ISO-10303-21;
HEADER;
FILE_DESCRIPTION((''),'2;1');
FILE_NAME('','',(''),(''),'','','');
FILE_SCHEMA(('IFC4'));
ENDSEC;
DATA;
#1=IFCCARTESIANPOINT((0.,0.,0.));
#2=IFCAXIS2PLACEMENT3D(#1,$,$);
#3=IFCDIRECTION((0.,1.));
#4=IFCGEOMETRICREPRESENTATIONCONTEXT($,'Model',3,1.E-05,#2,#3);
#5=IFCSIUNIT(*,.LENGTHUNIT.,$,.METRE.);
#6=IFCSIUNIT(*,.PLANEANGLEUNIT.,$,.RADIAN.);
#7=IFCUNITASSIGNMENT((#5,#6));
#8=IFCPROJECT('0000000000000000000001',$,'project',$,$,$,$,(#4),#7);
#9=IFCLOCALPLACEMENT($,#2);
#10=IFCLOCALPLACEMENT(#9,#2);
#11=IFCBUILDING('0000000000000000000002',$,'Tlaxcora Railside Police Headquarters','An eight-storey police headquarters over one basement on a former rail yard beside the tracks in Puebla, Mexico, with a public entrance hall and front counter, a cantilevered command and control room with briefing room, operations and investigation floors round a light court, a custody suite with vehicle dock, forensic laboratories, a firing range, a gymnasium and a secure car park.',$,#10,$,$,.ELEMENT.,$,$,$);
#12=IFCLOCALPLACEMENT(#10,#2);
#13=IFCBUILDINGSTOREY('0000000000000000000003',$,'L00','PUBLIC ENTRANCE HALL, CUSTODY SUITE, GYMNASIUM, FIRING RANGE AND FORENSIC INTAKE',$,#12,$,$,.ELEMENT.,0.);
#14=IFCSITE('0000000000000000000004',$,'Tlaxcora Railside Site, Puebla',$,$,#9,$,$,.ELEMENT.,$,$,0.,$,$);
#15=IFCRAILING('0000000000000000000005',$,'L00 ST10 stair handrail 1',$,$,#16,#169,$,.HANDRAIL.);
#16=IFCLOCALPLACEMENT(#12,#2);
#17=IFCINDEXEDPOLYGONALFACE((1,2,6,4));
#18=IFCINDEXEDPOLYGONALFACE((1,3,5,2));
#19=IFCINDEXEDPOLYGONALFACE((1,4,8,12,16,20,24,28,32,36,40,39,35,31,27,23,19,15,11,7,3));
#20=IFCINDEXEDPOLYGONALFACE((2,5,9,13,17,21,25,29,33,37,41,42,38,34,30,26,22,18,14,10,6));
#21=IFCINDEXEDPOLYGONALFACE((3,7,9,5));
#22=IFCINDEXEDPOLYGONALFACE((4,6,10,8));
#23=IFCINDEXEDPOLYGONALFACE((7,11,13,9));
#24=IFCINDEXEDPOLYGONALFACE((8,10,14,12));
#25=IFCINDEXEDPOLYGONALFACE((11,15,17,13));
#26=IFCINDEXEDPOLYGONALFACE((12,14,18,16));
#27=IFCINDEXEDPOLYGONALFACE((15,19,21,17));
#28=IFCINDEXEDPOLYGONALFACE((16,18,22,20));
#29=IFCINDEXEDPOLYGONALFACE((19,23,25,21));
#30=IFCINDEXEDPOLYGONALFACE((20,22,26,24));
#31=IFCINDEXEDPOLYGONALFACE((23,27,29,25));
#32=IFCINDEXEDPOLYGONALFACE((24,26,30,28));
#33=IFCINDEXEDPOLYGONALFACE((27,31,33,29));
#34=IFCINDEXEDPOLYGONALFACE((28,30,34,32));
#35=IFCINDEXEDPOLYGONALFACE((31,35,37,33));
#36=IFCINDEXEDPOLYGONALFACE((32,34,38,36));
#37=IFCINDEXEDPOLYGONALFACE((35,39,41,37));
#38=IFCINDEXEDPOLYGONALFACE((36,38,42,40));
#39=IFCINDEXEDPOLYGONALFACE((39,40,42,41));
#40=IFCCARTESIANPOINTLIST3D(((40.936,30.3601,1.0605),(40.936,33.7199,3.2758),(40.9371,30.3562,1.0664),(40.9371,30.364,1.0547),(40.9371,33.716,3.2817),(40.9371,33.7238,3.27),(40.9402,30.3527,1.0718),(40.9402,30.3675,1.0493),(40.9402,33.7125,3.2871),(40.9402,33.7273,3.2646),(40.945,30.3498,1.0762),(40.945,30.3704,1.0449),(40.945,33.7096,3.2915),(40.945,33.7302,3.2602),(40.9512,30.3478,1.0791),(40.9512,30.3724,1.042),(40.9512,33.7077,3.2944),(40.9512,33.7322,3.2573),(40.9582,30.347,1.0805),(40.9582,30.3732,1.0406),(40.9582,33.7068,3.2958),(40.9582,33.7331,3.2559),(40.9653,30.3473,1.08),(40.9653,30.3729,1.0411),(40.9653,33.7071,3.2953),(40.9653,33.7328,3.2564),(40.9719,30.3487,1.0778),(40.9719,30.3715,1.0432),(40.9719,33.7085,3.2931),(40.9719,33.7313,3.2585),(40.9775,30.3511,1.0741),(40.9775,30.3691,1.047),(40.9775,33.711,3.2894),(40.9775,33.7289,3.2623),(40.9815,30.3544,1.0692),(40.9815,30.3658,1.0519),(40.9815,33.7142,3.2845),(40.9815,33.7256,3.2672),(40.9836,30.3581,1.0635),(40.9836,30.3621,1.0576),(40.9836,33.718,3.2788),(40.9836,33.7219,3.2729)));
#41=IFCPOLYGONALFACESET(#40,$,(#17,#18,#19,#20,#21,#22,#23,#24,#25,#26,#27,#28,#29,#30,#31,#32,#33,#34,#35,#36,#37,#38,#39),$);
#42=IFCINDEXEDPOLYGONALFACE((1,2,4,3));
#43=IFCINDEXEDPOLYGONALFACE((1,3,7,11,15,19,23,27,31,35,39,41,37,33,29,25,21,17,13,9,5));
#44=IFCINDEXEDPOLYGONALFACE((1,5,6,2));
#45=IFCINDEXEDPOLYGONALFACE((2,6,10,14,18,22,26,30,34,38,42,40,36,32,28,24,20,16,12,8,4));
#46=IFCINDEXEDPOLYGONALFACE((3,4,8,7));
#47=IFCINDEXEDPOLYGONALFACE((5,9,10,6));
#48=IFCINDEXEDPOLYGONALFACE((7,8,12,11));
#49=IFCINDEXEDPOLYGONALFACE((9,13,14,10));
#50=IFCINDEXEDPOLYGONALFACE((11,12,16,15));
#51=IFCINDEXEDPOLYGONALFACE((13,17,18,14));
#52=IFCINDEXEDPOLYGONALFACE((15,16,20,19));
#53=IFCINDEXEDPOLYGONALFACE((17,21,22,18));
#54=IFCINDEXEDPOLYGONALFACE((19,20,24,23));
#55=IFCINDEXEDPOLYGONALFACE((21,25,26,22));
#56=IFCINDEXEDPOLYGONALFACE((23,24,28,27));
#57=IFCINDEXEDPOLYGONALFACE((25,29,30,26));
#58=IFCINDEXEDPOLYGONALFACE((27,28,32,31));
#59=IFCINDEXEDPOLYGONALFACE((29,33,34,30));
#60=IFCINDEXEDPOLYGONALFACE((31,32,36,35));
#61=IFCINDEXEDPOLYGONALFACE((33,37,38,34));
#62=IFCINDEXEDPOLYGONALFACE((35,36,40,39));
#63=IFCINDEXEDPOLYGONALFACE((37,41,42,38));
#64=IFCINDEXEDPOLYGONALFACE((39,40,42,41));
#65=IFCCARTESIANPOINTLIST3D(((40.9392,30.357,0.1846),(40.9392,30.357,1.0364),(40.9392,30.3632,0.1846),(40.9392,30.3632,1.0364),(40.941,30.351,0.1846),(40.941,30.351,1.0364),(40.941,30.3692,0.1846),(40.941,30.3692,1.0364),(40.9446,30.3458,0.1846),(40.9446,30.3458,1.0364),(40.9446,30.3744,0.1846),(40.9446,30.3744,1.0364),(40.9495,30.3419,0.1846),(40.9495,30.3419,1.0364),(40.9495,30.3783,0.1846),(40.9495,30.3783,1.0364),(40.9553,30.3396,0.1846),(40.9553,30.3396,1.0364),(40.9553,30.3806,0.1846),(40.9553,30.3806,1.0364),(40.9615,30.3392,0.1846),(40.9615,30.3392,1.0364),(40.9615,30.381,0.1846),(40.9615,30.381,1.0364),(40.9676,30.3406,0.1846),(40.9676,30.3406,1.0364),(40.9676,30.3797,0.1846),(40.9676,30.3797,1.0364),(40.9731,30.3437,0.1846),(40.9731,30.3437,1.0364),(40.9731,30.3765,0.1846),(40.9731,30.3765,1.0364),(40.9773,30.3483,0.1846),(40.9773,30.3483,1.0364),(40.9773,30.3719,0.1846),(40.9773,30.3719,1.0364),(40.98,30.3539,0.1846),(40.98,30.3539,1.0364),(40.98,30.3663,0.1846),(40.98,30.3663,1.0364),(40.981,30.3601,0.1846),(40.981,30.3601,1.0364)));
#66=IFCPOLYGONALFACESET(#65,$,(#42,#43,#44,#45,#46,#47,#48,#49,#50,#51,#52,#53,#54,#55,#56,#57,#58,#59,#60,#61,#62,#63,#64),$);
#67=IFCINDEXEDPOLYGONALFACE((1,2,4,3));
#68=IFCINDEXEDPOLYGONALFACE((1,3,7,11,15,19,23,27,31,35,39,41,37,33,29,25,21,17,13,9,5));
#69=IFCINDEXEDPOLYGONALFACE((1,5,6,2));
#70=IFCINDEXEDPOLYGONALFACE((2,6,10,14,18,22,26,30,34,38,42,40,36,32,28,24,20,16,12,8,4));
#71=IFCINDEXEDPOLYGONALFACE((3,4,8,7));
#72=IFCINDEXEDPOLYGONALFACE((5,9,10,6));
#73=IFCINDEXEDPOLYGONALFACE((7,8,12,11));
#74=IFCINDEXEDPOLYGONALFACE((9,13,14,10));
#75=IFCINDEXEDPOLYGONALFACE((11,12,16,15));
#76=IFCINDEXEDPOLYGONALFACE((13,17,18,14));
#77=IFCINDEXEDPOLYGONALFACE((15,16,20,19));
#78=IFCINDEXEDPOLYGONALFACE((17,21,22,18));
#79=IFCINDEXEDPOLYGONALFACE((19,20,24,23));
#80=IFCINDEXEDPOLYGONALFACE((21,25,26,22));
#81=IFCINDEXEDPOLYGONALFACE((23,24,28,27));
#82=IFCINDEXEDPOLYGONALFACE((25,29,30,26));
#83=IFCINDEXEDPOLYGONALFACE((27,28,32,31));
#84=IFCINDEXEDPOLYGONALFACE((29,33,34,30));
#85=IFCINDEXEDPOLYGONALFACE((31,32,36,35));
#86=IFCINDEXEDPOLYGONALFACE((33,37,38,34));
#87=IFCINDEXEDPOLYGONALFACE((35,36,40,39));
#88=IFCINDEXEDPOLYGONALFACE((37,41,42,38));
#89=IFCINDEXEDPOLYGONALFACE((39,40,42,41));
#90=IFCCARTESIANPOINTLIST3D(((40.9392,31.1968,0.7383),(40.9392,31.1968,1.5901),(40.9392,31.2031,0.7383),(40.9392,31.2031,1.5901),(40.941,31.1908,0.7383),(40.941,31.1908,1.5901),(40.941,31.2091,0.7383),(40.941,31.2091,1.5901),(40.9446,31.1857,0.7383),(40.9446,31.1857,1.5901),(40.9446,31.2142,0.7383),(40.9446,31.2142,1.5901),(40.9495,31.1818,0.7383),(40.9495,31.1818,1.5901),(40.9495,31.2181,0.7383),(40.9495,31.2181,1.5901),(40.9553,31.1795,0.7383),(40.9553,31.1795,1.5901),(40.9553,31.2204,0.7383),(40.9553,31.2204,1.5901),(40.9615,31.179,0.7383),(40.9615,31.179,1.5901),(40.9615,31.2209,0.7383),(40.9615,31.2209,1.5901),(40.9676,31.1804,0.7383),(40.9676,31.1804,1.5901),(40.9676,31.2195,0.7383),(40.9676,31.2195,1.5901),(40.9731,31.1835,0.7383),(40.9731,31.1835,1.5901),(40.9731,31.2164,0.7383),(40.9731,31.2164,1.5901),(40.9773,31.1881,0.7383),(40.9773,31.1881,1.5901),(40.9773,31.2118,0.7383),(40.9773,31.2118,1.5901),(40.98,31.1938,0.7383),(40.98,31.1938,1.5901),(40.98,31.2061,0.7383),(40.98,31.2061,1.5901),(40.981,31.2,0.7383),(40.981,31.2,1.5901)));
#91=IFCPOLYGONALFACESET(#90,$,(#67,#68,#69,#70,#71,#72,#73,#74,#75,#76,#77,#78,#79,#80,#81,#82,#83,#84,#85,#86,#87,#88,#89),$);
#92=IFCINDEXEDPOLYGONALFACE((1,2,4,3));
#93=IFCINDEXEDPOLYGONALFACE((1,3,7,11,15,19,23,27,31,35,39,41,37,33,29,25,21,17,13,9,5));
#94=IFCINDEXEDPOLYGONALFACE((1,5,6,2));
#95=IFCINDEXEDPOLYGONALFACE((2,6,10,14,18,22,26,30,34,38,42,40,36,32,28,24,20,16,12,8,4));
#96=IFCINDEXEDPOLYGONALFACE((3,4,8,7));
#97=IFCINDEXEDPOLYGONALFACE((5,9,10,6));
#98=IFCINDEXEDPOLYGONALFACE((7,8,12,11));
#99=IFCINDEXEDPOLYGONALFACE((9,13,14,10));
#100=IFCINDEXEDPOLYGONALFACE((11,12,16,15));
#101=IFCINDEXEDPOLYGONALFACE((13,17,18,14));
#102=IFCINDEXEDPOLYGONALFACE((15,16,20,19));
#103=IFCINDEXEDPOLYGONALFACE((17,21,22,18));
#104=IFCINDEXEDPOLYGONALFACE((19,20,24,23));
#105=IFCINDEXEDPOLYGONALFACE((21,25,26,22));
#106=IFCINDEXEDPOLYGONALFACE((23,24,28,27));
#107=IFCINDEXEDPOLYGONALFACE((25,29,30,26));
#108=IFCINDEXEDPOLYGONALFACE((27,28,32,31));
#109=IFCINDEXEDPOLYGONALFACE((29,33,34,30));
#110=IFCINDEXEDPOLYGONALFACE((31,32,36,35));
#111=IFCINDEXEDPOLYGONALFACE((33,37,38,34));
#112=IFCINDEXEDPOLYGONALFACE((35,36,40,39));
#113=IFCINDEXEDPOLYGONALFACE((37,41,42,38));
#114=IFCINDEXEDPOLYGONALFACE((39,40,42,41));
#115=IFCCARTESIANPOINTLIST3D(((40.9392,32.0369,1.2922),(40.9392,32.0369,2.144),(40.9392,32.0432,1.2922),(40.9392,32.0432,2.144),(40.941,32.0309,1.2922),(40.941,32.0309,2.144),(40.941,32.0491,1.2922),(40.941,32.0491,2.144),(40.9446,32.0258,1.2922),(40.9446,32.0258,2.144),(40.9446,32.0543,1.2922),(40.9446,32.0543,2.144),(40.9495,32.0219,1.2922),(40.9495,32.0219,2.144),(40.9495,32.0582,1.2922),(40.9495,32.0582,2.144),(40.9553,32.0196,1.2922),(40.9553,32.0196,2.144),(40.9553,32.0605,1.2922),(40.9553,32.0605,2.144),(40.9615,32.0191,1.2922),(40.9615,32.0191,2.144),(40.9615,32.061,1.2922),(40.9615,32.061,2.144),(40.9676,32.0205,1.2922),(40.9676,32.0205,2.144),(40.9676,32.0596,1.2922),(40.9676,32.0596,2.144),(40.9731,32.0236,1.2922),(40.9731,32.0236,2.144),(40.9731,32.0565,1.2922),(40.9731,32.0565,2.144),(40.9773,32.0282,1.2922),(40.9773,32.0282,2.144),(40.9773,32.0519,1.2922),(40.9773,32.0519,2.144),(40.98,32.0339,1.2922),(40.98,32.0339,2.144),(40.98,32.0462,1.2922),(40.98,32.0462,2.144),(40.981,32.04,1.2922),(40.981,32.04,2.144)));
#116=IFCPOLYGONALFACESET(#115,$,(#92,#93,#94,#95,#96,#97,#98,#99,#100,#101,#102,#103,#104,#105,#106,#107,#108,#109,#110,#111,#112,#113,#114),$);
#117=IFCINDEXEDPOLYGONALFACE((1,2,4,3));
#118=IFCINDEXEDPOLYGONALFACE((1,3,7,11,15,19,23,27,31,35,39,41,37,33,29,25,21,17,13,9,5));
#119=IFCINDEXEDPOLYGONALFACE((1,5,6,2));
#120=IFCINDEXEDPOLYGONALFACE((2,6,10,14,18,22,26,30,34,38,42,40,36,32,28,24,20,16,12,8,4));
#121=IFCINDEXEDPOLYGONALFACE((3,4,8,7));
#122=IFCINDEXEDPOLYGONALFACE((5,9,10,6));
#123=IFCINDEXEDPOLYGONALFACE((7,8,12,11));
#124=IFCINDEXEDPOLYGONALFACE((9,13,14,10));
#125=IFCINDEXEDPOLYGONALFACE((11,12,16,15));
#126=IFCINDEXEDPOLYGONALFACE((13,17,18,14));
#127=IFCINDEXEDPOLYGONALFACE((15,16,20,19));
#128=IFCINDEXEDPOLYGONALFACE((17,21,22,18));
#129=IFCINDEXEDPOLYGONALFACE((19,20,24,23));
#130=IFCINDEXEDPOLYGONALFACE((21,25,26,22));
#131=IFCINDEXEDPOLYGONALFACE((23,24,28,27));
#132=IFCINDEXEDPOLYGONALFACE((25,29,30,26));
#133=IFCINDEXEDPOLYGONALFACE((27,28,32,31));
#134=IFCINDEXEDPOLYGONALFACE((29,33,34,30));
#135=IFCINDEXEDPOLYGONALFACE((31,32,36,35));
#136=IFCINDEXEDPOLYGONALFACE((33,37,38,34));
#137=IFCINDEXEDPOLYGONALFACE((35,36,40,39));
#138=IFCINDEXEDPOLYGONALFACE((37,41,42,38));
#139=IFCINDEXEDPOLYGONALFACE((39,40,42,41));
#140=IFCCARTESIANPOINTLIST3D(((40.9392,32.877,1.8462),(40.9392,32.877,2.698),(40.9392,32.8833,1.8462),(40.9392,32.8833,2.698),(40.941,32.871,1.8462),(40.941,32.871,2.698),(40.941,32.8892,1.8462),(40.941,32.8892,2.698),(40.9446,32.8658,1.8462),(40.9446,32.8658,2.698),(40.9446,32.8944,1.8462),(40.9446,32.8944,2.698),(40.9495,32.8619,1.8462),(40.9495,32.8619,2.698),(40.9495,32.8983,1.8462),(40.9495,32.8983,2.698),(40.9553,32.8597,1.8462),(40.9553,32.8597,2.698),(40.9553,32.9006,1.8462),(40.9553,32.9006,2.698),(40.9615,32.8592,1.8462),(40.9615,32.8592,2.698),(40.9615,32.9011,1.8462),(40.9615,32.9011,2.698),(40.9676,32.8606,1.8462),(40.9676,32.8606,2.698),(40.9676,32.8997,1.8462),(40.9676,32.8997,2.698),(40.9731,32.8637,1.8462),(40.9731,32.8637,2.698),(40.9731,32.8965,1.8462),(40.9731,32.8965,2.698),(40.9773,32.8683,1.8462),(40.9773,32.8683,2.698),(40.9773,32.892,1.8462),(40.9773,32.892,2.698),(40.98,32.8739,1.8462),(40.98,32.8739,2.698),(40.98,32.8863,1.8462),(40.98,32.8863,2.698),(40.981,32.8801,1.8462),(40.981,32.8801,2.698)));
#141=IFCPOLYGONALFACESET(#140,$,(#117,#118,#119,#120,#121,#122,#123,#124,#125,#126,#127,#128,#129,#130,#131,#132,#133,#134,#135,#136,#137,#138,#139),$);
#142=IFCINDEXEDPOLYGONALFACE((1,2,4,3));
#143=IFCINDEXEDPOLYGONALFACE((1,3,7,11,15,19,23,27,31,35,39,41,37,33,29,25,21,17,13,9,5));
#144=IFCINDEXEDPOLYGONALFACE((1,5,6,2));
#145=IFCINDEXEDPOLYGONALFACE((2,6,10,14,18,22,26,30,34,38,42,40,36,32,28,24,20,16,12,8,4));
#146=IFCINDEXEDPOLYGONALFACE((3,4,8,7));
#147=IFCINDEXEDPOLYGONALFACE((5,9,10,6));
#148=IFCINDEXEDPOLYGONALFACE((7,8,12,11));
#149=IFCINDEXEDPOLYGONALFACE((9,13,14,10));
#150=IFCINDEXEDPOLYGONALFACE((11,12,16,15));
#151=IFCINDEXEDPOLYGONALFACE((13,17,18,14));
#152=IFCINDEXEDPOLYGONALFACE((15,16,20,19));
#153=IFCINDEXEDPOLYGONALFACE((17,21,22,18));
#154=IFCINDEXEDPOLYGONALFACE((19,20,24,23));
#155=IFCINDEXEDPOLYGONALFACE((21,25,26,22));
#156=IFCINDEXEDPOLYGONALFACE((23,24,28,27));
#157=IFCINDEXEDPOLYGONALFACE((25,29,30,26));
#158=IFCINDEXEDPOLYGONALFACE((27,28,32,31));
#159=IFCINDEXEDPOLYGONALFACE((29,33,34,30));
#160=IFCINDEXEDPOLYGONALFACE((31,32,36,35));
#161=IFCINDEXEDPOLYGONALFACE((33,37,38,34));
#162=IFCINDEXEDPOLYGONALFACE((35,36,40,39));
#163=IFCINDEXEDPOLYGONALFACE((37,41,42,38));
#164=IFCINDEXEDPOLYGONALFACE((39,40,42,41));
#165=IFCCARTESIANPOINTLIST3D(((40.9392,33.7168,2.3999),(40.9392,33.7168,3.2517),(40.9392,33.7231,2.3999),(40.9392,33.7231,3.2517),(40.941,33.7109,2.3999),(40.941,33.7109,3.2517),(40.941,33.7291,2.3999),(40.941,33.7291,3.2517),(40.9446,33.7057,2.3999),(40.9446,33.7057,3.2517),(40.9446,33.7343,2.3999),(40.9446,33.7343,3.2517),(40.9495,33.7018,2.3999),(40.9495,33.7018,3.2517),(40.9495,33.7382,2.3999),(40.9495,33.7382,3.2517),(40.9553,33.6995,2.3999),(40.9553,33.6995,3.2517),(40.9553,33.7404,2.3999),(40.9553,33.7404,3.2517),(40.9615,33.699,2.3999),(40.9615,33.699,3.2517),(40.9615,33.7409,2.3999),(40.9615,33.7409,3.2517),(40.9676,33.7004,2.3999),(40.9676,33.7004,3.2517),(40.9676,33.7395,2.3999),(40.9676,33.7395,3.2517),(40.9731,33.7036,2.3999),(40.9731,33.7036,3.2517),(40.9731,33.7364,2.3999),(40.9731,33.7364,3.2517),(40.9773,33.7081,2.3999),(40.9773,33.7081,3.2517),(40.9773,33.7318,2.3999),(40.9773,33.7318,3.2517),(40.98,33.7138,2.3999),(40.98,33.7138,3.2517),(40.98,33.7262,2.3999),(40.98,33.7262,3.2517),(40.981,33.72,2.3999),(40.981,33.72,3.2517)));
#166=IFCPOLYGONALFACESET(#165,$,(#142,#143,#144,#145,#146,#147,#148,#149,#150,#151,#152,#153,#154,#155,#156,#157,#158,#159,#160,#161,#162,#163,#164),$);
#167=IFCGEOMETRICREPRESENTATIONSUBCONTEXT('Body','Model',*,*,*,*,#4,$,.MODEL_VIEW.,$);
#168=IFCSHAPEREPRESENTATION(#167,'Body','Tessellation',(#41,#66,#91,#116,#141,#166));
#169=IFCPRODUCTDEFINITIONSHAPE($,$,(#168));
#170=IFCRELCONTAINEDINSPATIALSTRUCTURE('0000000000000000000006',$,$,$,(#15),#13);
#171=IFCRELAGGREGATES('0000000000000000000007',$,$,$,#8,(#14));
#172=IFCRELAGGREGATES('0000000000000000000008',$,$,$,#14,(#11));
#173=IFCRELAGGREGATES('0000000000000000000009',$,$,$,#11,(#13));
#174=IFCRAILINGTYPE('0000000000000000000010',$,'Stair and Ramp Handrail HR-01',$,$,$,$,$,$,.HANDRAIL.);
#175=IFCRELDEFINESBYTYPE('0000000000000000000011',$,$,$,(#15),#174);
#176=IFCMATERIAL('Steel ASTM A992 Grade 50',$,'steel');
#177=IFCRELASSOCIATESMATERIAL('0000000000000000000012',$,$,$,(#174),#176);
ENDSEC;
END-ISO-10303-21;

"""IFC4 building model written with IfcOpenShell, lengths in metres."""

from ifc_helpers import new_model, si_unit, direction, frame, origin, origin_2d, place, context, subcontext, project, spatial, circle, extrude, material, type_object, element, save


model = new_model("IFC4")

# Units and contexts
model_context = context("Model", 3, precision=1e-05, world=origin(), true_north=direction((0.0, 1.0)))
body_context = subcontext(model_context, "Body", "Model", "MODEL_VIEW")
ifc_project = project(units=[si_unit("LENGTHUNIT", "METRE"), si_unit("PLANEANGLEUNIT", "RADIAN")], contexts=[model_context])

# Site, building, storey
site_placement = place(None, origin())
site = spatial("IfcSite", under=ifc_project, at=site_placement, Name="Tlaxcora Railside Site, Puebla", CompositionType="ELEMENT", RefElevation=0.0)
building_placement = place(site_placement, origin())
building = spatial("IfcBuilding", under=site, at=building_placement, Name="Tlaxcora Railside Police Headquarters", Description="An eight-storey police headquarters over one basement on a former rail yard beside the tracks in Puebla, Mexico, with a public entrance hall and front counter, a cantilevered command and control room with briefing room, operations and investigation floors round a light court, a custody suite with vehicle dock, forensic laboratories, a firing range, a gymnasium and a secure car park.", CompositionType="ELEMENT")
storey_placement = place(building_placement, origin())
storey = spatial("IfcBuildingStorey", under=building, at=storey_placement, Name="L00", Description="PUBLIC ENTRANCE HALL, CUSTODY SUITE, GYMNASIUM, FIRING RANGE AND FORENSIC INTAKE", CompositionType="ELEMENT", Elevation=0.0)

# Shared definitions
ifc_material_1 = material(Name="Steel ASTM A992 Grade 50", Category="steel")

# Railing
railing_type_1 = type_object("IfcRailingType", Name="Stair and Ramp Handrail HR-01", PredefinedType="HANDRAIL", material=ifc_material_1)
railing_1_placement = place(storey_placement, frame((40.96, 30.3601, 0.1846)))
element("IfcRailing", 1, at=railing_1_placement, inside=storey, type_object=railing_type_1, Name="L00 ST10 stair handrail 1", PredefinedType="HANDRAIL", context=body_context, shape_type="SweptSolid", body=[
    extrude(circle(Radius=0.0239, at=origin_2d()), frame((0.0, 0.0, 0.876), z_axis=(0.0, 0.834858, 0.550465), x_axis=(-1.0, 0.0, 0.0)), (0.0, 0.0, 1.0), 4.0244),
    extrude(circle(Radius=0.021, at=origin_2d()), origin(), (0.0, 0.0, 1.0), 0.8518),
    extrude(circle(Radius=0.021, at=origin_2d()), frame((0.0, 0.8398, 0.5537)), (0.0, 0.0, 1.0), 0.8518),
    extrude(circle(Radius=0.021, at=origin_2d()), frame((0.0, 1.6799, 1.1077)), (0.0, 0.0, 1.0), 0.8518),
    extrude(circle(Radius=0.021, at=origin_2d()), frame((0.0, 2.52, 1.6616)), (0.0, 0.0, 1.0), 0.8518),
    extrude(circle(Radius=0.021, at=origin_2d()), frame((0.0, 3.3599, 2.2153)), (0.0, 0.0, 1.0), 0.8518),
])

save(model, "model.ifc")
